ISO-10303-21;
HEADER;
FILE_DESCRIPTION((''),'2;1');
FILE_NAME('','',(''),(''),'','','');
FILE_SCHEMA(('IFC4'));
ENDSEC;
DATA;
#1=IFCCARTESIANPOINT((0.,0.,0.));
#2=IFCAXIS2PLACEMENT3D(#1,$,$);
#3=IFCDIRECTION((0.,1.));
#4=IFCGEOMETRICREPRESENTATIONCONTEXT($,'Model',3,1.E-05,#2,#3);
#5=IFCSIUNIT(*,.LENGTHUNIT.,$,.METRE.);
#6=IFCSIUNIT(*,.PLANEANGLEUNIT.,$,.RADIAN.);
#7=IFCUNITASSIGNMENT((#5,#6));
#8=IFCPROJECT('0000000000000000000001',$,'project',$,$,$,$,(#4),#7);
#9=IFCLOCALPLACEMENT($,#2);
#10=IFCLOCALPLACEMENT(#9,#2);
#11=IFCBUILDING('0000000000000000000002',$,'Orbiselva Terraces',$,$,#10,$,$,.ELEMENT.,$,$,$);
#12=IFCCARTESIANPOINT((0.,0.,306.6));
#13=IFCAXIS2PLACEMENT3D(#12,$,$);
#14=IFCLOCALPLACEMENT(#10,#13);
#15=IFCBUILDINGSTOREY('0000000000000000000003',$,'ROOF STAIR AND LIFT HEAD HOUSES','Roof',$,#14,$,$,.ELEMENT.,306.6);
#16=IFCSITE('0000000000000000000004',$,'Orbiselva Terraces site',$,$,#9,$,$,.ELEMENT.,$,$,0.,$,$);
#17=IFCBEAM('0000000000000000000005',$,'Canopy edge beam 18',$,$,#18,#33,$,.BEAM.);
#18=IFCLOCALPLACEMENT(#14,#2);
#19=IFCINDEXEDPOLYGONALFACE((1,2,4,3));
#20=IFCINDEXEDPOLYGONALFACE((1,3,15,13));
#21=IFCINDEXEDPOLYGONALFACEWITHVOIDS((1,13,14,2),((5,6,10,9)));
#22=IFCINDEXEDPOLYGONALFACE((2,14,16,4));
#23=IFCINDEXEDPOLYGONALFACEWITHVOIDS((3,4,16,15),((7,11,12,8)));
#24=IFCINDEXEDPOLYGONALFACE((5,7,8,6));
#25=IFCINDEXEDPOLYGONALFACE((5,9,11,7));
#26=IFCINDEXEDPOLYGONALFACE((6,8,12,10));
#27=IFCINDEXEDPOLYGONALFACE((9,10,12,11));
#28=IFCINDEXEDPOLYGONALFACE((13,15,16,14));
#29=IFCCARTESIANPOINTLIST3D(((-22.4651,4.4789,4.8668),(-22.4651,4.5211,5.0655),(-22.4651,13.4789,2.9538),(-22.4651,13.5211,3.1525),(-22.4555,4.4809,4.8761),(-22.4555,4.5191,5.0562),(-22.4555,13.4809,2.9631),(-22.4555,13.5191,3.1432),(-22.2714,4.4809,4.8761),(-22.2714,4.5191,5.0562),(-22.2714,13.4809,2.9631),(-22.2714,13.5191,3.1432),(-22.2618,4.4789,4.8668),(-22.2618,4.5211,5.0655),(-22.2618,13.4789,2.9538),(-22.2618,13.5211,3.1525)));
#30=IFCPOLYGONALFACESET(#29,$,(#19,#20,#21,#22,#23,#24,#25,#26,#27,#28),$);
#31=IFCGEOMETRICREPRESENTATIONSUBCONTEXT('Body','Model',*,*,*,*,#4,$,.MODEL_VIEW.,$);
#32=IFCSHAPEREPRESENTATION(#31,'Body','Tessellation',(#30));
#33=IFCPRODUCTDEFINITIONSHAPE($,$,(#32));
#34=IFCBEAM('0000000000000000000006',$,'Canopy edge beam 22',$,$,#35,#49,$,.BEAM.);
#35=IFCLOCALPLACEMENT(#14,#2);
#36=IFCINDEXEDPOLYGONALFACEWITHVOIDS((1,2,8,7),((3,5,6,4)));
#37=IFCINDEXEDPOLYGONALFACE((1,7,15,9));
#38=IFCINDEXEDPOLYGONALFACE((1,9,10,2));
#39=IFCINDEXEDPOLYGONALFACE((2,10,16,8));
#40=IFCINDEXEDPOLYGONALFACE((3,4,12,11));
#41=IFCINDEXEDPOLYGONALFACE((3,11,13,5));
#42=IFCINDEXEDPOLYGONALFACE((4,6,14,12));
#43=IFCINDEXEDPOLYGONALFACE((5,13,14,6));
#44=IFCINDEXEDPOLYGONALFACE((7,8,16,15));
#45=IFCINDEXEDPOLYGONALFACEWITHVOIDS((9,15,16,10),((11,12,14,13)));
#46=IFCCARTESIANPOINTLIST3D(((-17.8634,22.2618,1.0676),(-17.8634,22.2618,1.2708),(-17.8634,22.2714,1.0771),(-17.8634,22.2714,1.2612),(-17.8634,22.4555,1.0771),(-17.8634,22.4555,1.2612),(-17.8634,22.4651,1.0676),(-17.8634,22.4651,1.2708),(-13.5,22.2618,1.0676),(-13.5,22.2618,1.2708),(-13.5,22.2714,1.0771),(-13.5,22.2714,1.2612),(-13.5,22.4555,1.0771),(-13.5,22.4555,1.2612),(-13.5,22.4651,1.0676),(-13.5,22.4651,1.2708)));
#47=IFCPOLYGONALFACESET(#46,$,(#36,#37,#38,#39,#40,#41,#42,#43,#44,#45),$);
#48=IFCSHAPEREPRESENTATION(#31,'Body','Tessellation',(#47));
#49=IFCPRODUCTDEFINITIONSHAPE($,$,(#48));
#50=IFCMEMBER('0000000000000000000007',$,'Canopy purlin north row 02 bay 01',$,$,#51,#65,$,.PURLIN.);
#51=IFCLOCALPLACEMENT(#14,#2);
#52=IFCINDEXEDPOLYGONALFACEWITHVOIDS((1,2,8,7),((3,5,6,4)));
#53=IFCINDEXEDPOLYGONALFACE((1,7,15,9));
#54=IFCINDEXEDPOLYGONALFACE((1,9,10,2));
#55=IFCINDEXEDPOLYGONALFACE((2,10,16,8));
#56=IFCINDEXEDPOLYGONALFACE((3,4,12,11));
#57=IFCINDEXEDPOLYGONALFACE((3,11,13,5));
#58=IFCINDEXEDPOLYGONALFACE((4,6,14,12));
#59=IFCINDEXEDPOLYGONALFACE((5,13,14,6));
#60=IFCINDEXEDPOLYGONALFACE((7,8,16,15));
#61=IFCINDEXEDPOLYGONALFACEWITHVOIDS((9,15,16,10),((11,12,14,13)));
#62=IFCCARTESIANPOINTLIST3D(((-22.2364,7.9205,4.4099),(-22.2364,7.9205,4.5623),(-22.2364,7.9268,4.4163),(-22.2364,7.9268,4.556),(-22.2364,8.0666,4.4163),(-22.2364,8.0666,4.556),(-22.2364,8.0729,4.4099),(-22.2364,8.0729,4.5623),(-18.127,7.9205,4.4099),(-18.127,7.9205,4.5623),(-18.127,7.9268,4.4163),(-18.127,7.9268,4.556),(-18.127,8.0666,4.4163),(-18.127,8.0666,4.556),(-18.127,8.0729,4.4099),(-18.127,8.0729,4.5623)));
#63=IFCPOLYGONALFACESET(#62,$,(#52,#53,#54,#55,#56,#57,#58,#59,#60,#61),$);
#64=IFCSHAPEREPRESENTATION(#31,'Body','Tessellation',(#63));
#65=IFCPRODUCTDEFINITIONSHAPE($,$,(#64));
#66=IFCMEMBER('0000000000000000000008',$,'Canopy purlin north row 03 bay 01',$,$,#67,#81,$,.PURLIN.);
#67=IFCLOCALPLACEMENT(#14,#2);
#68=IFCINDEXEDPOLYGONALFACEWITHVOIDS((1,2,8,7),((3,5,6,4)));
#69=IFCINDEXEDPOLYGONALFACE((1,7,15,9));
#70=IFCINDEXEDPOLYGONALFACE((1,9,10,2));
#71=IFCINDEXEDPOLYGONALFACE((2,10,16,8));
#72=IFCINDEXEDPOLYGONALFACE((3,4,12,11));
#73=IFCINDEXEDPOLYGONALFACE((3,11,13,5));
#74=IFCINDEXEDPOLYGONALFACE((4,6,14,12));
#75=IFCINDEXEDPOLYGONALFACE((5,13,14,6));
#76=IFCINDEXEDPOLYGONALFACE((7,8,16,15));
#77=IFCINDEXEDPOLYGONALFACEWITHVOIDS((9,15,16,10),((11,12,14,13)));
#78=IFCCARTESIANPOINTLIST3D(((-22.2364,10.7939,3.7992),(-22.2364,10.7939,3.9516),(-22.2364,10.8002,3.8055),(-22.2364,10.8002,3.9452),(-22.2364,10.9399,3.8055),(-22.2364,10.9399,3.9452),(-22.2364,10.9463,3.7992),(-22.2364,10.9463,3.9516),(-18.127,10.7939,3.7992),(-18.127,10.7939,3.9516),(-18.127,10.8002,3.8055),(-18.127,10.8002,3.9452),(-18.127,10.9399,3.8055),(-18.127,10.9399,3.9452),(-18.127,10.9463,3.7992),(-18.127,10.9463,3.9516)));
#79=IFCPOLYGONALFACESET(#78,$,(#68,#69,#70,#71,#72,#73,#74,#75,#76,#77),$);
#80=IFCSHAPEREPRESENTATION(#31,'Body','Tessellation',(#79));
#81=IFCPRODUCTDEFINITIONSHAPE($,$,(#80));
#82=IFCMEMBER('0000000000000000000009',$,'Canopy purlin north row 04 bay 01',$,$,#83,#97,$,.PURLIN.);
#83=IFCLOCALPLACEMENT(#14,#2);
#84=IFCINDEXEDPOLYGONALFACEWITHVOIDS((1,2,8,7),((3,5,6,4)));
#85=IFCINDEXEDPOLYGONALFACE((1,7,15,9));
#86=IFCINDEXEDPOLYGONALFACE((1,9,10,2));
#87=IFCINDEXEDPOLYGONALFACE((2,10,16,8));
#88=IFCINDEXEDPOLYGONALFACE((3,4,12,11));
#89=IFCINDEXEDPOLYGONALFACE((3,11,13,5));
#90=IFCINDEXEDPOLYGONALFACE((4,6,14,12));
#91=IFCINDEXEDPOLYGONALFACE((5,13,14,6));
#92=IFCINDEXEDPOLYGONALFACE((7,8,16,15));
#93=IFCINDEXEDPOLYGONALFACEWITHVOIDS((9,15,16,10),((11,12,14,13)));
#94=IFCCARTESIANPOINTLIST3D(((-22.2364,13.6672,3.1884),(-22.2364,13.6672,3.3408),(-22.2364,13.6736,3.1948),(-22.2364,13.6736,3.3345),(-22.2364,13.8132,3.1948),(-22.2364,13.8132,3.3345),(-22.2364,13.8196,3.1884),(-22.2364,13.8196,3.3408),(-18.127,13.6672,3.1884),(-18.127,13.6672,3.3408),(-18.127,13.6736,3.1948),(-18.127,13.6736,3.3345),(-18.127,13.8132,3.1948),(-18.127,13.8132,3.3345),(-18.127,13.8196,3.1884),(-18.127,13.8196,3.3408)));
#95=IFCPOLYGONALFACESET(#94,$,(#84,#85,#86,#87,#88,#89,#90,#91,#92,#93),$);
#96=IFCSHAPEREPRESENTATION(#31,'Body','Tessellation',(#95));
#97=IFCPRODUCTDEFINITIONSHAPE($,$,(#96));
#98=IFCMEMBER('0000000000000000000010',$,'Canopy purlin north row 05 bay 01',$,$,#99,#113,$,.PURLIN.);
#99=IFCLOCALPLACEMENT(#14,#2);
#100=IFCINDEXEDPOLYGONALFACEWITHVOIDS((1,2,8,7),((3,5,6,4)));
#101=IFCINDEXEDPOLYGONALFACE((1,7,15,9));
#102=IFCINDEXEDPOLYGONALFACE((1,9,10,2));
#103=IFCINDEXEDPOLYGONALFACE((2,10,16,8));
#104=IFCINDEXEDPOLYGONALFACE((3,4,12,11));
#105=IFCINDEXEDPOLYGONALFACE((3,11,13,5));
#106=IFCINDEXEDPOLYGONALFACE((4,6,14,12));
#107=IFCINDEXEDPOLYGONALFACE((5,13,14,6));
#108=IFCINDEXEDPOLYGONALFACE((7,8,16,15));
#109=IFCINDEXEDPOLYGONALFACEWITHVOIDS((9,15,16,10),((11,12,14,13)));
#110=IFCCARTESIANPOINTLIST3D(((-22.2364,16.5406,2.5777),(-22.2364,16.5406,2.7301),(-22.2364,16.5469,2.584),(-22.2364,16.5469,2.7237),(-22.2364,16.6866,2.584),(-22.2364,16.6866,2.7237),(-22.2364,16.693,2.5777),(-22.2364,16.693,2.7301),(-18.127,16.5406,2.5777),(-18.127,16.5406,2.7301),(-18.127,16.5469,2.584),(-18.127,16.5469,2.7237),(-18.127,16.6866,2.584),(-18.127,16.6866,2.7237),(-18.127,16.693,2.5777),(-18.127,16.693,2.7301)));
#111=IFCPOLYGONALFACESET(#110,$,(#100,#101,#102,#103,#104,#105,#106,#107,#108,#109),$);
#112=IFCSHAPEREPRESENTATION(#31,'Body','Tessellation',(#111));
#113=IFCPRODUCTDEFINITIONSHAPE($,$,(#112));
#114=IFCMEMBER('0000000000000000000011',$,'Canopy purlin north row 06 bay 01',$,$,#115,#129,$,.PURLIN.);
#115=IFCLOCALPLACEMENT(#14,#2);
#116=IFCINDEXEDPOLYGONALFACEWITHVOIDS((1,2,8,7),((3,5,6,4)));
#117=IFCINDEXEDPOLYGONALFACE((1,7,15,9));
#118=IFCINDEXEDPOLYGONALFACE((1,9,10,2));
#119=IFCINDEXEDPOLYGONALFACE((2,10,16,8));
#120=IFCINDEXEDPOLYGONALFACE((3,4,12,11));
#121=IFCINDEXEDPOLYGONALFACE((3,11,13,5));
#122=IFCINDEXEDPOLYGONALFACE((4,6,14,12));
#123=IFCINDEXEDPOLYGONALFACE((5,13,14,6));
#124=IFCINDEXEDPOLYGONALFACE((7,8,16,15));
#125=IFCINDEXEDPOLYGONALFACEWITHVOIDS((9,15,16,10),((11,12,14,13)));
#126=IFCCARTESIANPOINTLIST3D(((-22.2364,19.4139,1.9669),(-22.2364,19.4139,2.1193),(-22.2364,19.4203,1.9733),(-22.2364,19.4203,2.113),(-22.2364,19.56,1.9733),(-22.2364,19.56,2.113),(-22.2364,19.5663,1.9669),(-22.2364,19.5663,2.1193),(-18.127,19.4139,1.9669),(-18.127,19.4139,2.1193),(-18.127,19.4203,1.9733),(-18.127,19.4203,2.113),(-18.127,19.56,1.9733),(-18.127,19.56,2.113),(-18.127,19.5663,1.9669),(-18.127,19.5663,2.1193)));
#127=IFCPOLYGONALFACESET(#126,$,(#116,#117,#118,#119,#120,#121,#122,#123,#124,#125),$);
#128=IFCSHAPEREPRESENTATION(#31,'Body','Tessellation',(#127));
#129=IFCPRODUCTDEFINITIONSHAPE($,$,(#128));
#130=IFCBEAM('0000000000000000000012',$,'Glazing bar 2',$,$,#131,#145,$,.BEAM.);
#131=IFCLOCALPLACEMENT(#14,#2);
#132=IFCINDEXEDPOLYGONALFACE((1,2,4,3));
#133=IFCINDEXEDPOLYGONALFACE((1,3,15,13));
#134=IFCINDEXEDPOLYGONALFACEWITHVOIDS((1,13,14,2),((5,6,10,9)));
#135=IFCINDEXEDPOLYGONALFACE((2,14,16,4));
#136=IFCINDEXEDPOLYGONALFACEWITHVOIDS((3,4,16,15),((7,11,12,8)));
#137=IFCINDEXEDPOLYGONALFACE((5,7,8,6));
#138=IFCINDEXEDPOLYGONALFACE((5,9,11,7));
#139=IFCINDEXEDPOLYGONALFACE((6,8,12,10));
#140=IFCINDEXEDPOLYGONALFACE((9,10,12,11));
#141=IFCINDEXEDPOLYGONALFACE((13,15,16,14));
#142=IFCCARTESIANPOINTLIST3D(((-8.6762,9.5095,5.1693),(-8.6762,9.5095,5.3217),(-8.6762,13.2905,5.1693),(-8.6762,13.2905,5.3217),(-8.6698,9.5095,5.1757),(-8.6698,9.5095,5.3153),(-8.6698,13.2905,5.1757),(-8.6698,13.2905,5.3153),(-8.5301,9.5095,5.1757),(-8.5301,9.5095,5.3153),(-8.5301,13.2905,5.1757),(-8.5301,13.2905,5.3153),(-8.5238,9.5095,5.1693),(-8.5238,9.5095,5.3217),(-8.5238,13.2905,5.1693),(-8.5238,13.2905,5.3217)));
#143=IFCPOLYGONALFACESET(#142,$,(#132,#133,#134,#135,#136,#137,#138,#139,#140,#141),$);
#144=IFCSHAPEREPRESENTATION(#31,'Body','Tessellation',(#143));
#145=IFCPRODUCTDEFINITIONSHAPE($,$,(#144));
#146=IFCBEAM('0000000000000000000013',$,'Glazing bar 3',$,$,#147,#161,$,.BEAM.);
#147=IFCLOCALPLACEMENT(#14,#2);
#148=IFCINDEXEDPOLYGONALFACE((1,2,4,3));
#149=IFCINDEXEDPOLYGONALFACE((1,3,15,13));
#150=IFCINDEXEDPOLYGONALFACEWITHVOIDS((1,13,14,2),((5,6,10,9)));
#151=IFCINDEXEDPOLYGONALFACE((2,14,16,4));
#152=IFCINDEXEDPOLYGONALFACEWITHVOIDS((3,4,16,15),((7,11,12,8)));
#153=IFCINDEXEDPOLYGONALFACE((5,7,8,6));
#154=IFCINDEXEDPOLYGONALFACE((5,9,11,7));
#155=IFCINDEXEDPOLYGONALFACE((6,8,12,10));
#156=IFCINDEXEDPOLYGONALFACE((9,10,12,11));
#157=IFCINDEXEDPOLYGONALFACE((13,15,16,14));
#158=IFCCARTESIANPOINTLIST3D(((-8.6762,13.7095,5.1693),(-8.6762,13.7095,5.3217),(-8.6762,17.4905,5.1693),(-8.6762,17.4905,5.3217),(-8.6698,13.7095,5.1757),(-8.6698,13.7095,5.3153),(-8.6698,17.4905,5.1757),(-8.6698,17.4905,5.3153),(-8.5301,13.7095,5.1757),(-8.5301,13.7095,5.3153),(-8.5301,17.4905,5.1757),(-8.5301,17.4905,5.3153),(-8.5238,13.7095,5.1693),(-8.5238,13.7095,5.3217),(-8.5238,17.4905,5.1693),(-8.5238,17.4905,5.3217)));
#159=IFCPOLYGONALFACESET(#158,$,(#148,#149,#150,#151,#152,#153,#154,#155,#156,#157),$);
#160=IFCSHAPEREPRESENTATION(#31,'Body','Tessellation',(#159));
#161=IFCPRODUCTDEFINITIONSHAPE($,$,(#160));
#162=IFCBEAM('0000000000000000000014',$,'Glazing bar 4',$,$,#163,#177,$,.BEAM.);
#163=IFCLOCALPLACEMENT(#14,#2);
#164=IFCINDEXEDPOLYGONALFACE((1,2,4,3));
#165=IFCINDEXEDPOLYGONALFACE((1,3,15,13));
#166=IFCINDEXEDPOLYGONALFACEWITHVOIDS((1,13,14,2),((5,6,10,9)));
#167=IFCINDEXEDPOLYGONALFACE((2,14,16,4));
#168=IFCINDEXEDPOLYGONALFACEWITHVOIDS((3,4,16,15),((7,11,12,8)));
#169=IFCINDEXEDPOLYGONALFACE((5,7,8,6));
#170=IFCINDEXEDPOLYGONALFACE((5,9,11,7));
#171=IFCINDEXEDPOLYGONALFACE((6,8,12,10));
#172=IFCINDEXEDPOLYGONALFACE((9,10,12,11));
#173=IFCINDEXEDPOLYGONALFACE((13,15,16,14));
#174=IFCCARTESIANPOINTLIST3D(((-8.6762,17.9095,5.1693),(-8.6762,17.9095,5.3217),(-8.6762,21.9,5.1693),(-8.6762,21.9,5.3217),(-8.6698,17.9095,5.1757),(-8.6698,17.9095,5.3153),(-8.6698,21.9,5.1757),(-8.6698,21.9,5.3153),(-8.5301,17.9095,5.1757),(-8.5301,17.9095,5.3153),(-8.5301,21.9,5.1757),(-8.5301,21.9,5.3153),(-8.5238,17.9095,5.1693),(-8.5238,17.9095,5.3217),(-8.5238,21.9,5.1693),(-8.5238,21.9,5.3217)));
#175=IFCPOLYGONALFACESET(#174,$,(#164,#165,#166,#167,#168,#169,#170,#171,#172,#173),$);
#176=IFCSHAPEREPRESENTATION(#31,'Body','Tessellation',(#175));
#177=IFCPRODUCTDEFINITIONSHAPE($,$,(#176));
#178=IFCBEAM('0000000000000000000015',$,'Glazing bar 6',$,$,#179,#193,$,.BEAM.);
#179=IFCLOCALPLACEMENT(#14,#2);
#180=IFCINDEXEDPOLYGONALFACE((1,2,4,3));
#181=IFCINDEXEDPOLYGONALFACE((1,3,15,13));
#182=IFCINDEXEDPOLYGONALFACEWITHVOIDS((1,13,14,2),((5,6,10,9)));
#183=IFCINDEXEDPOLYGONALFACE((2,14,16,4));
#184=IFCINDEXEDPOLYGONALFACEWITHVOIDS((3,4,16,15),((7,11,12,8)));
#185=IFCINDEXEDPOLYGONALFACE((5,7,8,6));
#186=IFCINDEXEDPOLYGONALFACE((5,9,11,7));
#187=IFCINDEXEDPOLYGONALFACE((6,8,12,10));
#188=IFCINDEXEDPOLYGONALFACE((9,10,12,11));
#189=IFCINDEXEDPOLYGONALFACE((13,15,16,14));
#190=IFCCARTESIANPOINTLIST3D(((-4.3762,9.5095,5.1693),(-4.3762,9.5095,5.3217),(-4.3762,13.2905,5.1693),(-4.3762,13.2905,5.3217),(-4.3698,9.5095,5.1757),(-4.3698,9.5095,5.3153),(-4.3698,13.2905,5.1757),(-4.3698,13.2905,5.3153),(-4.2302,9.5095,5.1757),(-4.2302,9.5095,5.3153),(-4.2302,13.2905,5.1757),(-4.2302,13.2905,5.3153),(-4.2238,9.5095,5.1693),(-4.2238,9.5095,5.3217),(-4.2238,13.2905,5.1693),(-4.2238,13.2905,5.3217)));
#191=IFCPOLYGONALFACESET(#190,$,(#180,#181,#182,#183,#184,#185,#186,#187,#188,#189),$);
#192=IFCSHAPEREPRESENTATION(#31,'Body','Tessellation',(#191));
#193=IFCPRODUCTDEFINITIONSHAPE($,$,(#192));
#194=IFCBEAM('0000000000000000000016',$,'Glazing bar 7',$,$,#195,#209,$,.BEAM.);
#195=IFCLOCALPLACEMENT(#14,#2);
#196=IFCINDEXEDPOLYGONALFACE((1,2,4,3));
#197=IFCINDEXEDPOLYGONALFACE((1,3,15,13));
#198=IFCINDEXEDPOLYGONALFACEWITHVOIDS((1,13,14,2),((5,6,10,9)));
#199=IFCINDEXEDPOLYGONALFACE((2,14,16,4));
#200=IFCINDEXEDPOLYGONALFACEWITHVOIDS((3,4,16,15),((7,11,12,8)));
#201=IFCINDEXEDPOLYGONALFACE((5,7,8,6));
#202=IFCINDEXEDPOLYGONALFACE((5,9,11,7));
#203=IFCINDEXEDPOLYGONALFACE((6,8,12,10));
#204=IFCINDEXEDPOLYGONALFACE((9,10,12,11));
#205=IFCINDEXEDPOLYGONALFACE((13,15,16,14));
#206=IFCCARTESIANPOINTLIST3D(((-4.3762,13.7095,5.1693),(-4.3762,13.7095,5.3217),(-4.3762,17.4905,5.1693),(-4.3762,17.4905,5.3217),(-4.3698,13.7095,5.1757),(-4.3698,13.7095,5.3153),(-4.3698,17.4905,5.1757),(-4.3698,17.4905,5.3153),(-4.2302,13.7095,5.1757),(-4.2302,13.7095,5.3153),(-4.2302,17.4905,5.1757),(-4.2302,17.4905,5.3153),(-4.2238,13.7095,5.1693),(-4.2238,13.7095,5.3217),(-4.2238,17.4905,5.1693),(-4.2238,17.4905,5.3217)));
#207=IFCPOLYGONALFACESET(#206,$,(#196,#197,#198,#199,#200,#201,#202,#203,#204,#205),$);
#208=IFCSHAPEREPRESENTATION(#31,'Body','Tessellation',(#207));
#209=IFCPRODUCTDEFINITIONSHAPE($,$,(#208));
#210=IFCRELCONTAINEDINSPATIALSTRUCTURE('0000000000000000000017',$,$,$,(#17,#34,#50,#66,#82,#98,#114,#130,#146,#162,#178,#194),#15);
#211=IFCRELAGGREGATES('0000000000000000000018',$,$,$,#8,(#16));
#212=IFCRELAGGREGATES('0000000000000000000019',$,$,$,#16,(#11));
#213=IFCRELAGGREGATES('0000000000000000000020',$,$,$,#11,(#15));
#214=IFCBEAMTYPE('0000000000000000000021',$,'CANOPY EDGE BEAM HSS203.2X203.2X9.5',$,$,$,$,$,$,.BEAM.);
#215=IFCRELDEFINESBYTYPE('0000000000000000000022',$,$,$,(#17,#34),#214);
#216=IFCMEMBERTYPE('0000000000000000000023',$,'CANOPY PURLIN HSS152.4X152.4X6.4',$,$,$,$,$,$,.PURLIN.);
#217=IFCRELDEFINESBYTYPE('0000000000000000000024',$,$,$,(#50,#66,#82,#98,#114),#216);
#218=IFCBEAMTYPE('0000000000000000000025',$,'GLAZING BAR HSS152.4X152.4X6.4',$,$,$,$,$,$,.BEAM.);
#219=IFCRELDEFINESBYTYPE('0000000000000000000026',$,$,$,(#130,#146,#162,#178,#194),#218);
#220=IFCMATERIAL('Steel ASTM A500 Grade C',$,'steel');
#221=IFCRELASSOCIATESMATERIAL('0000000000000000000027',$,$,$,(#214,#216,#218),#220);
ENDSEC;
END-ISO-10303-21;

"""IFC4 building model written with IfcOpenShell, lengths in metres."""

from ifc_helpers import new_model, si_unit, direction, frame, origin, origin_2d, place, context, subcontext, project, spatial, hollow_rectangle, extrude, material, material_profile, profile_set, type_object, element, save


model = new_model("IFC4")

# Units and contexts
model_context = context("Model", 3, precision=1e-05, world=origin(), true_north=direction((0.0, 1.0)))
body_context = subcontext(model_context, "Body", "Model", "MODEL_VIEW")
ifc_project = project(units=[si_unit("LENGTHUNIT", "METRE"), si_unit("PLANEANGLEUNIT", "RADIAN")], contexts=[model_context])

# Site, building, storey
site_placement = place(None, origin())
site = spatial("IfcSite", under=ifc_project, at=site_placement, Name="Orbiselva Terraces site", CompositionType="ELEMENT", RefElevation=0.0)
building_placement = place(site_placement, origin())
building = spatial("IfcBuilding", under=site, at=building_placement, Name="Orbiselva Terraces", CompositionType="ELEMENT")
storey_placement = place(building_placement, frame((0.0, 0.0, 306.6)))
storey = spatial("IfcBuildingStorey", under=building, at=storey_placement, Name="ROOF STAIR AND LIFT HEAD HOUSES", Description="Roof", CompositionType="ELEMENT", Elevation=306.6)

# Shared definitions
ifc_material_1 = material(Name="Steel ASTM A500 Grade C", Category="steel")

# Beams
ifc_material_profile_1 = material_profile(ifc_material_1, hollow_rectangle(XDim=0.2032, YDim=0.2032, WallThickness=0.0095, at=origin_2d()), Name="HSS203.2X203.2X9.5")
ifc_profile_set_1 = profile_set([ifc_material_profile_1], Name="Steel ASTM A500 Grade C")
beam_type_1 = type_object("IfcBeamType", Name="CANOPY EDGE BEAM HSS203.2X203.2X9.5", PredefinedType="BEAM", material=ifc_profile_set_1)
beam_1_placement = place(storey_placement, frame((-22.3635, 13.5, 3.0531), z_axis=(0.0, -0.978148, 0.207912), x_axis=(1.0, 0.0, 0.0)))
element("IfcBeam", 1, at=beam_1_placement, inside=storey, type_object=beam_type_1, Name="Canopy edge beam 18", PredefinedType="BEAM", context=body_context, shape_type="SweptSolid", body=[
    extrude(hollow_rectangle(XDim=0.2032, YDim=0.2032, WallThickness=0.0095, at=origin_2d()), origin(), (0.0, 0.0, 1.0), 9.2011),
])
beam_2_placement = place(storey_placement, frame((-17.8635, 22.3635, 1.1692), z_axis=(1.0, 0.0, 0.0), x_axis=(0.0, 1.0, 0.0)))
element("IfcBeam", 2, at=beam_2_placement, inside=storey, type_object=beam_type_1, Name="Canopy edge beam 22", PredefinedType="BEAM", context=body_context, shape_type="SweptSolid", body=[
    extrude(hollow_rectangle(XDim=0.2032, YDim=0.2032, WallThickness=0.0095, at=origin_2d()), origin(), (0.0, 0.0, 1.0), 4.3635),
])

# Members
ifc_material_profile_2 = material_profile(ifc_material_1, hollow_rectangle(XDim=0.1524, YDim=0.1524, WallThickness=0.0063, at=origin_2d()), Name="HSS152.4X152.4X6.4")
ifc_profile_set_2 = profile_set([ifc_material_profile_2], Name="Steel ASTM A500 Grade C")
member_type = type_object("IfcMemberType", Name="CANOPY PURLIN HSS152.4X152.4X6.4", PredefinedType="PURLIN", material=ifc_profile_set_2)
for number, where, z_axis, x_axis, name in (
    (3, (-22.2365, 7.9967, 4.4861), (1.0, 0.0, 0.0), (0.0, 1.0, 0.0), "Canopy purlin north row 02 bay 01"),
    (4, (-22.2365, 10.8701, 3.8754), (1.0, 0.0, 0.0), (0.0, 1.0, 0.0), "Canopy purlin north row 03 bay 01"),
    (5, (-22.2365, 13.7434, 3.2646), (1.0, 0.0, 0.0), (0.0, 1.0, 0.0), "Canopy purlin north row 04 bay 01"),
    (6, (-22.2365, 16.6167, 2.6539), (1.0, 0.0, 0.0), (0.0, 1.0, 0.0), "Canopy purlin north row 05 bay 01"),
    (7, (-22.2365, 19.4901, 2.0431), (1.0, 0.0, 0.0), (0.0, 1.0, 0.0), "Canopy purlin north row 06 bay 01"),
):
    element("IfcMember", number, at=place(storey_placement, frame(where, z_axis=z_axis, x_axis=x_axis)), inside=storey, type_object=member_type, Name=name, PredefinedType="PURLIN", context=body_context, shape_type="SweptSolid", body=[
        extrude(hollow_rectangle(XDim=0.1524, YDim=0.1524, WallThickness=0.0063, at=origin_2d()), origin(), (0.0, 0.0, 1.0), 4.1094),
    ])

# Beams
ifc_material_profile_3 = material_profile(ifc_material_1, hollow_rectangle(XDim=0.1524, YDim=0.1524, WallThickness=0.0063, at=origin_2d()), Name="HSS152.4X152.4X6.4")
ifc_profile_set_3 = profile_set([ifc_material_profile_3], Name="Steel ASTM A500 Grade C")
beam_type_2 = type_object("IfcBeamType", Name="GLAZING BAR HSS152.4X152.4X6.4", PredefinedType="BEAM", material=ifc_profile_set_3)
for number, where, z_axis, x_axis, name in (
    (8, (-8.6, 9.5095, 5.2455), (0.0, 1.0, 0.0), (-1.0, 0.0, 0.0), "Glazing bar 2"),
    (9, (-8.6, 13.7095, 5.2455), (0.0, 1.0, 0.0), (-1.0, 0.0, 0.0), "Glazing bar 3"),
):
    element("IfcBeam", number, at=place(storey_placement, frame(where, z_axis=z_axis, x_axis=x_axis)), inside=storey, type_object=beam_type_2, Name=name, PredefinedType="BEAM", context=body_context, shape_type="SweptSolid", body=[
        extrude(hollow_rectangle(XDim=0.1524, YDim=0.1524, WallThickness=0.0063, at=origin_2d()), origin(), (0.0, 0.0, 1.0), 3.781),
    ])
beam_3_placement = place(storey_placement, frame((-8.6, 17.9095, 5.2455), z_axis=(0.0, 1.0, 0.0), x_axis=(-1.0, 0.0, 0.0)))
element("IfcBeam", 10, at=beam_3_placement, inside=storey, type_object=beam_type_2, Name="Glazing bar 4", PredefinedType="BEAM", context=body_context, shape_type="SweptSolid", body=[
    extrude(hollow_rectangle(XDim=0.1524, YDim=0.1524, WallThickness=0.0063, at=origin_2d()), origin(), (0.0, 0.0, 1.0), 3.9905),
])
for number, where, z_axis, x_axis, name in (
    (11, (-4.3, 9.5095, 5.2455), (0.0, 1.0, 0.0), (-1.0, 0.0, 0.0), "Glazing bar 6"),
    (12, (-4.3, 13.7095, 5.2455), (0.0, 1.0, 0.0), (-1.0, 0.0, 0.0), "Glazing bar 7"),
):
    element("IfcBeam", number, at=place(storey_placement, frame(where, z_axis=z_axis, x_axis=x_axis)), inside=storey, type_object=beam_type_2, Name=name, PredefinedType="BEAM", context=body_context, shape_type="SweptSolid", body=[
        extrude(hollow_rectangle(XDim=0.1524, YDim=0.1524, WallThickness=0.0063, at=origin_2d()), origin(), (0.0, 0.0, 1.0), 3.781),
    ])

save(model, "model.ifc")
